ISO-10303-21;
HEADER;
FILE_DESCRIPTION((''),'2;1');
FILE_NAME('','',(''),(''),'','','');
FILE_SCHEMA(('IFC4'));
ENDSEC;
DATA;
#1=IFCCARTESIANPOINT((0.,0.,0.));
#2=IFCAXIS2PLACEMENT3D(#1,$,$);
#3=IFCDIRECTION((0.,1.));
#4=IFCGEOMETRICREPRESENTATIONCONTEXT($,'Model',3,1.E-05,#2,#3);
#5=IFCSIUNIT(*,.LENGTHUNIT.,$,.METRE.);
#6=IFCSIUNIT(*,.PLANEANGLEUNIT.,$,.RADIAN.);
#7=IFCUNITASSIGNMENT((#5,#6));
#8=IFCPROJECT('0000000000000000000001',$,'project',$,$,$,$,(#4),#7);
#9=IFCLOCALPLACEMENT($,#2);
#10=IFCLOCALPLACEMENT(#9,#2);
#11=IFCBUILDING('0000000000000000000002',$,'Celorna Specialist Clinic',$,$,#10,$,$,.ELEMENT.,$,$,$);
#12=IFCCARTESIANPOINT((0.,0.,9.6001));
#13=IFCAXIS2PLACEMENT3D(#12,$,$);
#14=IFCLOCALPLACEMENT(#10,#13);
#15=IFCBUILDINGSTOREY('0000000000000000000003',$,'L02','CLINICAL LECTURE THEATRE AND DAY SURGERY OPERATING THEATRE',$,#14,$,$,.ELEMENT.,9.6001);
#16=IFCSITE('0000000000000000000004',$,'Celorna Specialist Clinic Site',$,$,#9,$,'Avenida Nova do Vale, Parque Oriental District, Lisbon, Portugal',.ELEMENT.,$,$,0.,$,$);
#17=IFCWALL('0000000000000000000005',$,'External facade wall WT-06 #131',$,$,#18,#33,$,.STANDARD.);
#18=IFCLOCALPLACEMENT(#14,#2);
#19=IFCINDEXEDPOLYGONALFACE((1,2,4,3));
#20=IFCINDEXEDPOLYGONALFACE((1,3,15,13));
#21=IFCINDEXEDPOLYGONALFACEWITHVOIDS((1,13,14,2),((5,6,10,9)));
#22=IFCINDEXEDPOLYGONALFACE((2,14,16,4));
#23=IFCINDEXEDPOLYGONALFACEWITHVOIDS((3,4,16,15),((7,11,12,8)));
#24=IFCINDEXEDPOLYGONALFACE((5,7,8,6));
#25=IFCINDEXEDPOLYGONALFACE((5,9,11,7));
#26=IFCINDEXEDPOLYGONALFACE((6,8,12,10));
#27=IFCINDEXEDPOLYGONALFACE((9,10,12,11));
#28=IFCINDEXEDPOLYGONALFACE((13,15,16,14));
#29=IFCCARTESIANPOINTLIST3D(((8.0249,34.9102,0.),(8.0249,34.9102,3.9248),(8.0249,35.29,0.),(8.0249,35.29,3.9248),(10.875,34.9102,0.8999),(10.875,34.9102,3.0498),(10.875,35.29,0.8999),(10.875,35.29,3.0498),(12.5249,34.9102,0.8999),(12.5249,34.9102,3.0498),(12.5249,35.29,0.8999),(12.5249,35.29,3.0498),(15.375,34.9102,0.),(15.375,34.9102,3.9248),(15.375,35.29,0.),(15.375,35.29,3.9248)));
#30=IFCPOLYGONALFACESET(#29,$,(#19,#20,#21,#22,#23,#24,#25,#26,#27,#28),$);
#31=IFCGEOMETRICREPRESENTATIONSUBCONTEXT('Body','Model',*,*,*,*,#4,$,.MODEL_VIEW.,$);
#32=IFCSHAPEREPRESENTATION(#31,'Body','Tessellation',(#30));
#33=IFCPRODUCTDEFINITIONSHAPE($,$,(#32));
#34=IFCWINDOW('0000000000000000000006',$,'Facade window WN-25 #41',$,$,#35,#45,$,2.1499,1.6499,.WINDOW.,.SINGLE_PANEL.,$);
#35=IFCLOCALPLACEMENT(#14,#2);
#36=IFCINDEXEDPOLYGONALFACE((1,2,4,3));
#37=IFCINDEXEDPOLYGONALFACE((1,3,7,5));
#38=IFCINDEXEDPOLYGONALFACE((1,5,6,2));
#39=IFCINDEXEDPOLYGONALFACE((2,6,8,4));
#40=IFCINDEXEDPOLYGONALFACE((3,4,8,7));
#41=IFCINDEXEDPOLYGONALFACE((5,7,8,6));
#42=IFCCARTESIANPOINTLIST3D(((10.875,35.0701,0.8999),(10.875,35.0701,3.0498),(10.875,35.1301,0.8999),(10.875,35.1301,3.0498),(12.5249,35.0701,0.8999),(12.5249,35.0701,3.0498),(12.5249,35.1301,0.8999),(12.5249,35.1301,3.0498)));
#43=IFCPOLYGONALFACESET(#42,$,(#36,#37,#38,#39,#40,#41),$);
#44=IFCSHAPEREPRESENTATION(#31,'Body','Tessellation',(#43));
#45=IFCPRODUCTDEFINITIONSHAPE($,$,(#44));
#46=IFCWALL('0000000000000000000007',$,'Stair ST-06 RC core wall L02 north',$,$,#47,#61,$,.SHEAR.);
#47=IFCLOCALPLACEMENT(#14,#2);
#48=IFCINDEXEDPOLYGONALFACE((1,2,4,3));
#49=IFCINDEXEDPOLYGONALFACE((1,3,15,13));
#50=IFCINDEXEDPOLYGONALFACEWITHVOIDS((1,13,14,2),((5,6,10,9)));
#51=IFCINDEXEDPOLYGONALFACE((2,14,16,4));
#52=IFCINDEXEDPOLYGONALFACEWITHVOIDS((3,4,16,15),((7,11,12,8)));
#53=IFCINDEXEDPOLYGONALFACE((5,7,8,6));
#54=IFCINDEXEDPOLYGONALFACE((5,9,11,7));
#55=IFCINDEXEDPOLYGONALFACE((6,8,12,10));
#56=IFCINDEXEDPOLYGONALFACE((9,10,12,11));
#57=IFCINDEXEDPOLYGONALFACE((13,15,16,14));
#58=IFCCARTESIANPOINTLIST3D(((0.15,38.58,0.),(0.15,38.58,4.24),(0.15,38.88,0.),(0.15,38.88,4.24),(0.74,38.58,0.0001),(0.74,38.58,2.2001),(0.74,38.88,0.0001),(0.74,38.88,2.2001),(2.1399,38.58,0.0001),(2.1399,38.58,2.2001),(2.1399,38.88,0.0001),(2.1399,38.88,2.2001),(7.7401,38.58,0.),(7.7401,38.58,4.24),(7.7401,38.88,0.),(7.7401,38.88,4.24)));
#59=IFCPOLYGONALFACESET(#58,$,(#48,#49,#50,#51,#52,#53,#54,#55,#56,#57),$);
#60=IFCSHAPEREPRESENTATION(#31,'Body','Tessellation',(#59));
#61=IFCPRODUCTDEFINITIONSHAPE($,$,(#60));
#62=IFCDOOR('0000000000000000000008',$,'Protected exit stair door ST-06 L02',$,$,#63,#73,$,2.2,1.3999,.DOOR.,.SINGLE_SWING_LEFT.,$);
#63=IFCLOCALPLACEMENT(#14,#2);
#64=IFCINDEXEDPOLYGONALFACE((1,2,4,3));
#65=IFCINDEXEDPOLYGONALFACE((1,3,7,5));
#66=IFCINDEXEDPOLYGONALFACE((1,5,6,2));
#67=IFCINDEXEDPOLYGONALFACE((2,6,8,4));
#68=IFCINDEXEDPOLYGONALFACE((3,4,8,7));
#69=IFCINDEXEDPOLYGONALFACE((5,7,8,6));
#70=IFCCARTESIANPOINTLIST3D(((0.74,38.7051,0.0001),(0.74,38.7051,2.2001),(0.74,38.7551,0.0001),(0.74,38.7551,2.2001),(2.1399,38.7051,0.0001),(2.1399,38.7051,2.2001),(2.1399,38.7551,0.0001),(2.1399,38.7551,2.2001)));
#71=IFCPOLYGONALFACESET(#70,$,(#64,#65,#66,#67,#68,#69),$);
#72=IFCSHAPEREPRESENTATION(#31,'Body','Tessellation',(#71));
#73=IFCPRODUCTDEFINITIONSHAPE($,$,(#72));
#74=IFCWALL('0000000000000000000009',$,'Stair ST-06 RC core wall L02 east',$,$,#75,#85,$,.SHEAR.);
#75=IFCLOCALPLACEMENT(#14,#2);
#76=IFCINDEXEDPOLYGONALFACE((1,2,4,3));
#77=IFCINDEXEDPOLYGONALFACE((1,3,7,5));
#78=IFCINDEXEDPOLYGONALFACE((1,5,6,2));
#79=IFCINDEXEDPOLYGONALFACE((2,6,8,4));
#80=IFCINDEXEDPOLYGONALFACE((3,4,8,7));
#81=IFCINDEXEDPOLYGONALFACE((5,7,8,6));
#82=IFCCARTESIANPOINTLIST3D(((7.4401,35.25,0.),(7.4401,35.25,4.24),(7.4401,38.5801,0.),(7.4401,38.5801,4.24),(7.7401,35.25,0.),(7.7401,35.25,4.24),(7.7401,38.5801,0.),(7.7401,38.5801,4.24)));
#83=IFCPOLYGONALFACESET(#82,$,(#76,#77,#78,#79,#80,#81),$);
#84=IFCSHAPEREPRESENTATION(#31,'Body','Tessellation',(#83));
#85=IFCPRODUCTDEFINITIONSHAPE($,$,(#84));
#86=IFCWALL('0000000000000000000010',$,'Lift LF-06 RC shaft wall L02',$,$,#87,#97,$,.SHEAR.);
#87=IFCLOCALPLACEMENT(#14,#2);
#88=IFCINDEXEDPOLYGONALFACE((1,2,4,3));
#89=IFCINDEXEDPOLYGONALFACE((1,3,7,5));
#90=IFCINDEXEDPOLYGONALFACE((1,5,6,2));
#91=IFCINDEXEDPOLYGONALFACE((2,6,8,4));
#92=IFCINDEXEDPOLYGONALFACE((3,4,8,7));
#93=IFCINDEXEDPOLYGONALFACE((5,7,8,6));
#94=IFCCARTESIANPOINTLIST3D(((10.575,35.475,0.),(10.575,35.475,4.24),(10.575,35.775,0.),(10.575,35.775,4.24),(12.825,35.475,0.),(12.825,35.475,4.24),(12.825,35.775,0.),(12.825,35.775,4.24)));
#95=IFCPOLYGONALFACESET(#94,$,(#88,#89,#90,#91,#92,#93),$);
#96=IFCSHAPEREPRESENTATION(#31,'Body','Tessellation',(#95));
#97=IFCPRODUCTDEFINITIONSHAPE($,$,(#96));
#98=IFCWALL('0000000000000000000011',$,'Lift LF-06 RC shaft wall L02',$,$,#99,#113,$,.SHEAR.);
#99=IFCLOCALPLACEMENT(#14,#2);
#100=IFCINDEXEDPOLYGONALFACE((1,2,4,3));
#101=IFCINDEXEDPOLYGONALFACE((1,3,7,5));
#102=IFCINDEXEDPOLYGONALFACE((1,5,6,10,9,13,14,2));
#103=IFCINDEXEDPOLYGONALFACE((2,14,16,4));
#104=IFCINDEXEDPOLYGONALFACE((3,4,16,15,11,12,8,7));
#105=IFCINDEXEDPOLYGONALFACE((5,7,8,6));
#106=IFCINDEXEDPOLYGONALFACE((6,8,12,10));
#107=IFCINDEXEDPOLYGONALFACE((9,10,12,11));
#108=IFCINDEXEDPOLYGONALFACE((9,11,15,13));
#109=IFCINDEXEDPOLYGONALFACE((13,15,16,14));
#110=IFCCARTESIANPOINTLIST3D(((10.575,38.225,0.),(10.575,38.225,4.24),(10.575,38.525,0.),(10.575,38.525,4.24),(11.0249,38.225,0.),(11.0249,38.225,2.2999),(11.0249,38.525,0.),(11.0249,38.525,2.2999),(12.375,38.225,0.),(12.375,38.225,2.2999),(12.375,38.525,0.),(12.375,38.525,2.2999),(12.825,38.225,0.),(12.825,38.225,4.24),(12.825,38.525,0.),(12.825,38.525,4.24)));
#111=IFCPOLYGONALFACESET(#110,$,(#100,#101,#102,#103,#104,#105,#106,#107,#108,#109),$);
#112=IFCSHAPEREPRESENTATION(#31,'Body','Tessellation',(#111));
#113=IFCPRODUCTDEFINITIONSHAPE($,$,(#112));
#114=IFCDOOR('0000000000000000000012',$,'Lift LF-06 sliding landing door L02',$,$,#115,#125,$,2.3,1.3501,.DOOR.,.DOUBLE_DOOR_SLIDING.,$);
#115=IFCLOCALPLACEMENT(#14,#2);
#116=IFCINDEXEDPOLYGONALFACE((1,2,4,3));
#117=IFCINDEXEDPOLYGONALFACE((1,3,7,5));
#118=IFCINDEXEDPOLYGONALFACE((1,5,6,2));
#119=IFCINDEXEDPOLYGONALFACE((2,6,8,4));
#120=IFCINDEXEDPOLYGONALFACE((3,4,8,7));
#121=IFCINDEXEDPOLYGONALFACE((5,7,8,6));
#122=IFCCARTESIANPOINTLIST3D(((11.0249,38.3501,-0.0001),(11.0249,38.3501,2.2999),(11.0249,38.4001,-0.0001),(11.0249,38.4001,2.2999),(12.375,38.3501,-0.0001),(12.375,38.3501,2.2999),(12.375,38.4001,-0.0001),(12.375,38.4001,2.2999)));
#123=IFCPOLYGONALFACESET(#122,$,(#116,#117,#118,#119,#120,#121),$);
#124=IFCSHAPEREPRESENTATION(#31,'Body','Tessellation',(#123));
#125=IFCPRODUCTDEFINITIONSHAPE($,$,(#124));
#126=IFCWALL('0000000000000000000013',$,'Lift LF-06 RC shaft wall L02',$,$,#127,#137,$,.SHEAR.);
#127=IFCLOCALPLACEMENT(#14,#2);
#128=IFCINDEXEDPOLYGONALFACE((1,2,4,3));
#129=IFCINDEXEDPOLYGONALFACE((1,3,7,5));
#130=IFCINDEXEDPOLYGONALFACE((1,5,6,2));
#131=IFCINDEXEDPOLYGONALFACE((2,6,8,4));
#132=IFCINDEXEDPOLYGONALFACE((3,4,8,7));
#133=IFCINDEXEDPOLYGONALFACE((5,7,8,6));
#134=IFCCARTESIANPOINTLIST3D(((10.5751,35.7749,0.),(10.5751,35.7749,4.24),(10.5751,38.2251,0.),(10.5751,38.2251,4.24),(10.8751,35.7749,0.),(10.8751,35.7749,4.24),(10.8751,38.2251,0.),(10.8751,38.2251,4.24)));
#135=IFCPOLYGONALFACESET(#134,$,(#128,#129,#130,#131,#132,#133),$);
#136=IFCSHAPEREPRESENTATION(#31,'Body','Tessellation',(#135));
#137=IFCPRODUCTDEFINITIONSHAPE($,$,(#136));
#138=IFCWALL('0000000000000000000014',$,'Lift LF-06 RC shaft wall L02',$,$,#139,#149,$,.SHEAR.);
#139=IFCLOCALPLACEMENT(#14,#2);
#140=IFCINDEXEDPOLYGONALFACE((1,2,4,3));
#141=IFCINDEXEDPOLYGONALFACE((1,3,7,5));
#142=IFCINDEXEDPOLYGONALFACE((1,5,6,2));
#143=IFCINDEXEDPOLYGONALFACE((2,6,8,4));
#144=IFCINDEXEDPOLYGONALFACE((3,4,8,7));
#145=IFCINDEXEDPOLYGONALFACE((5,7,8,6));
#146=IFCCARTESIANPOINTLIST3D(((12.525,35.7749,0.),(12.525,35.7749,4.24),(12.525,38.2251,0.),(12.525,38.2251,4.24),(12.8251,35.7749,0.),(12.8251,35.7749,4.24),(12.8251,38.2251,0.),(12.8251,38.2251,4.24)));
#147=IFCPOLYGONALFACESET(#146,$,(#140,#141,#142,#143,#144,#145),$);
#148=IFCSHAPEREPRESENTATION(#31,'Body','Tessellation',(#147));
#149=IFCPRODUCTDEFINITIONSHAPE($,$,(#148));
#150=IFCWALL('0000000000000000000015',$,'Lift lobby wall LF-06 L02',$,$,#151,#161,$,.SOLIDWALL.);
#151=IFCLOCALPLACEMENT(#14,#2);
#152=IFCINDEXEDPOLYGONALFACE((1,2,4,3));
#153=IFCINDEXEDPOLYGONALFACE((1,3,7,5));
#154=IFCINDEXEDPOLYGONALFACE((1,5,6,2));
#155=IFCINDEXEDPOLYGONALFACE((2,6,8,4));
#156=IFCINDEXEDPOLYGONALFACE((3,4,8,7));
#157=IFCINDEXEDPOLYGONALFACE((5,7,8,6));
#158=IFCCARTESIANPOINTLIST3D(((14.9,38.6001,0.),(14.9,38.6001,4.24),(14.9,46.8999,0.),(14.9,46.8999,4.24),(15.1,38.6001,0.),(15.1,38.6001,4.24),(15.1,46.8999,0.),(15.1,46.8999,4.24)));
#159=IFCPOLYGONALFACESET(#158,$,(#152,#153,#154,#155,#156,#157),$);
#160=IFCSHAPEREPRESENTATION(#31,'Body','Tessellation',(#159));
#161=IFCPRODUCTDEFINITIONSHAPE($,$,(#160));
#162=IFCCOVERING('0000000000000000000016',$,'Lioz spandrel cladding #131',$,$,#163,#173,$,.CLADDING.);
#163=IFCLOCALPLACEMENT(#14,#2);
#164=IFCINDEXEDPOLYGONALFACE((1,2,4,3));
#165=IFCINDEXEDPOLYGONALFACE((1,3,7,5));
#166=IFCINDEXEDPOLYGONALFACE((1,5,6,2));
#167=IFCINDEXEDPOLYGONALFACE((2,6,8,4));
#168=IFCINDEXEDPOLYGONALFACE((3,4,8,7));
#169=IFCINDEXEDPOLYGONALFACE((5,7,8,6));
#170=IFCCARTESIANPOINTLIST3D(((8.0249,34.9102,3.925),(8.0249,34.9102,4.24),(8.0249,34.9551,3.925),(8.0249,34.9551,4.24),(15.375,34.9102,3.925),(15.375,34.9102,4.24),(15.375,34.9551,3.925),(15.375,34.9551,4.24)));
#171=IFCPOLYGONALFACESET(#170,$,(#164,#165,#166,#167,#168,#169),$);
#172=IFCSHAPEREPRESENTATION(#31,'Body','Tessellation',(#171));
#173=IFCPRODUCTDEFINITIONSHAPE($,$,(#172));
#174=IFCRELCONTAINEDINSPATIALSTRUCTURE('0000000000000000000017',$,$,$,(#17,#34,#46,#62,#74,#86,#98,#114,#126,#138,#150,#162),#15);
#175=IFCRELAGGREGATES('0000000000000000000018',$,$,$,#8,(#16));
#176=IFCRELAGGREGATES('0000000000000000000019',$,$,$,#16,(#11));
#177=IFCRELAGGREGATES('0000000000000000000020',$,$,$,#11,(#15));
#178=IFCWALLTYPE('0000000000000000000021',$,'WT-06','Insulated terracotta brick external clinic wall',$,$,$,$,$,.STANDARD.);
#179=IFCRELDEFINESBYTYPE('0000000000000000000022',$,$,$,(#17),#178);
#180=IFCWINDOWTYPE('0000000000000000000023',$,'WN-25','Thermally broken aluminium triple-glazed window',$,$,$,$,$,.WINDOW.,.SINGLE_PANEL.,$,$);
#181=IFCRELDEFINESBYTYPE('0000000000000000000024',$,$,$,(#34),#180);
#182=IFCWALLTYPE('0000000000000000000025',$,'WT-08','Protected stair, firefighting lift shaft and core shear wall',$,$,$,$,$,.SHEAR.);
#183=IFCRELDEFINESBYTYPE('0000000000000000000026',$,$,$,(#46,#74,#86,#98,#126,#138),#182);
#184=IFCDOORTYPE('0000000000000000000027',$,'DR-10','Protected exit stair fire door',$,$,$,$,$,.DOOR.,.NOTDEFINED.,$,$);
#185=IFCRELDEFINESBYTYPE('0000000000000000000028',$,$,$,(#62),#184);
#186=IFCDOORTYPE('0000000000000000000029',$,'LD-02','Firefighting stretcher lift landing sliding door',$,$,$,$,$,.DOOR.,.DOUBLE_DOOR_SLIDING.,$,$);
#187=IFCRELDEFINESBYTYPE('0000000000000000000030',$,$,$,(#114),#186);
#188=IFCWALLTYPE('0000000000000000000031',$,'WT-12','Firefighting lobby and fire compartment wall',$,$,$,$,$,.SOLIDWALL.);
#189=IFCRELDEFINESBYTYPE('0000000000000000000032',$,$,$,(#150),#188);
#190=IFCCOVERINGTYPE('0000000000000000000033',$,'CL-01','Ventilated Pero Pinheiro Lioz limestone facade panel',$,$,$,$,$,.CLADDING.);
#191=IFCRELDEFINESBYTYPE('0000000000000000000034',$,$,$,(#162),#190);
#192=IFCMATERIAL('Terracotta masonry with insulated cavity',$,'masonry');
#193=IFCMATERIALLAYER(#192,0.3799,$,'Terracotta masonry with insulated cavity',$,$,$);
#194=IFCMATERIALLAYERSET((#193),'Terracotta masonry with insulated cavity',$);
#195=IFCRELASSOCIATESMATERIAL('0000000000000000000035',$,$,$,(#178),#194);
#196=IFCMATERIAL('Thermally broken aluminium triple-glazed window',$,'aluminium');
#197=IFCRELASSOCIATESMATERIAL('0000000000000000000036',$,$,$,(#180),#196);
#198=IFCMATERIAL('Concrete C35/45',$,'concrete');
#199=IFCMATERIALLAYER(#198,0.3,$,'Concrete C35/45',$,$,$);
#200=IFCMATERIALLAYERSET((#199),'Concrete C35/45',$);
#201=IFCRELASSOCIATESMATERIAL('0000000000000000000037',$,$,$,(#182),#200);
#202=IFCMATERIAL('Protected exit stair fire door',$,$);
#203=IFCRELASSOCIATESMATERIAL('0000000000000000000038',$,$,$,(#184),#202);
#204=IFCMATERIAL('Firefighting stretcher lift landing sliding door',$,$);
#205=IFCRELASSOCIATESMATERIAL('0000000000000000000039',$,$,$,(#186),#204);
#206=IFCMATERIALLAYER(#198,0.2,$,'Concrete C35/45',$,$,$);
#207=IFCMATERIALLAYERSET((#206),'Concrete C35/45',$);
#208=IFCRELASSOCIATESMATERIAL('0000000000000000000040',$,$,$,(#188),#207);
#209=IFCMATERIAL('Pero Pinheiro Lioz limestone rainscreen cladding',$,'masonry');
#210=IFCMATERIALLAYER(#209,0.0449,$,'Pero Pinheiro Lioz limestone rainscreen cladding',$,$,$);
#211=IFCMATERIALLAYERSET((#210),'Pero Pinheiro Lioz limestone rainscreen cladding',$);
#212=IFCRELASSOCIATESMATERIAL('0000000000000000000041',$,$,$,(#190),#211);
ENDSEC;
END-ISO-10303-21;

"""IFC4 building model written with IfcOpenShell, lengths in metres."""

from ifc_helpers import new_model, si_unit, direction, frame, frame_2d, origin, origin_2d, place, context, subcontext, project, spatial, rectangle, extrude, material, layer, layer_set, type_object, element, fill, save


model = new_model("IFC4")

# Units and contexts
model_context = context("Model", 3, precision=1e-05, world=origin(), true_north=direction((0.0, 1.0)))
body_context = subcontext(model_context, "Body", "Model", "MODEL_VIEW")
ifc_project = project(units=[si_unit("LENGTHUNIT", "METRE"), si_unit("PLANEANGLEUNIT", "RADIAN")], contexts=[model_context])

# Site, building, storey
site_placement = place(None, origin())
site = spatial("IfcSite", under=ifc_project, at=site_placement, Name="Celorna Specialist Clinic Site", LongName="Avenida Nova do Vale, Parque Oriental District, Lisbon, Portugal", CompositionType="ELEMENT", RefElevation=0.0)
building_placement = place(site_placement, origin())
building = spatial("IfcBuilding", under=site, at=building_placement, Name="Celorna Specialist Clinic", CompositionType="ELEMENT")
storey_placement = place(building_placement, frame((0.0, 0.0, 9.6001)))
storey = spatial("IfcBuildingStorey", under=building, at=storey_placement, Name="L02", Description="CLINICAL LECTURE THEATRE AND DAY SURGERY OPERATING THEATRE", CompositionType="ELEMENT", Elevation=9.6001)

# Shared definitions
ifc_material_1 = material(Name="Concrete C35/45", Category="concrete")

# Shared definitions
ifc_material_2 = material(Name="Terracotta masonry with insulated cavity", Category="masonry")
ifc_layer_1 = layer(ifc_material_2, 0.3799, Name="Terracotta masonry with insulated cavity")
ifc_layer_set_1 = layer_set([ifc_layer_1], Name="Terracotta masonry with insulated cavity")
wall_type_1 = type_object("IfcWallType", Name="WT-06", Description="Insulated terracotta brick external clinic wall", PredefinedType="STANDARD", material=ifc_layer_set_1)
ifc_material_3 = material(Name="Thermally broken aluminium triple-glazed window", Category="aluminium")

# Wall, opening, window
wall_1_placement = place(storey_placement, frame((15.375, 35.1001, 0.0), z_axis=(0.0, 0.0, 1.0), x_axis=(-1.0, 0.0, 0.0)))
wall_1 = element("IfcWall", 1, at=wall_1_placement, inside=storey, type_object=wall_type_1, Name="External facade wall WT-06 #131", PredefinedType="STANDARD", context=body_context, shape_type="SweptSolid", body=[
    extrude(rectangle(XDim=7.3501, YDim=0.3799, at=frame_2d((3.675, 0.0))), origin(), (0.0, 0.0, 1.0), 3.9248),
])
opening_1_placement = place(wall_1_placement, frame((2.8501, 0.0, 0.8999)))
opening_1 = element("IfcOpeningElement", 2, at=opening_1_placement, cuts=wall_1, PredefinedType="OPENING", context=body_context, shape_type="SweptSolid", body=[
    extrude(rectangle(XDim=1.6499, YDim=2.1499, at=frame_2d((0.825, 1.075))), frame((0.0, 0.2, 0.0), z_axis=(0.0, -1.0, 0.0), x_axis=(1.0, 0.0, 0.0)), (0.0, 0.0, 1.0), 0.3999),
])
window_type_1 = type_object("IfcWindowType", Name="WN-25", Description="Thermally broken aluminium triple-glazed window", PartitioningType="SINGLE_PANEL", PredefinedType="WINDOW", material=ifc_material_3)
window_1_placement = place(opening_1_placement, origin())
window_1 = element("IfcWindow", 3, at=window_1_placement, inside=storey, type_object=window_type_1, Name="Facade window WN-25 #41", OverallHeight=2.1499, OverallWidth=1.6499, PartitioningType="SINGLE_PANEL", PredefinedType="WINDOW", context=body_context, shape_type="SweptSolid", body=[
    extrude(rectangle(XDim=1.6499, YDim=2.1499, at=frame_2d((0.825, 1.075))), frame((0.0, 0.03, 0.0), z_axis=(0.0, -1.0, 0.0), x_axis=(1.0, 0.0, 0.0)), (0.0, 0.0, 1.0), 0.0601),
])
fill(opening_1, window_1)

# Wall, opening, door
ifc_layer_2 = layer(ifc_material_1, 0.3, Name="Concrete C35/45")
ifc_layer_set_2 = layer_set([ifc_layer_2], Name="Concrete C35/45")
wall_type_2 = type_object("IfcWallType", Name="WT-08", Description="Protected stair, firefighting lift shaft and core shear wall", PredefinedType="SHEAR", material=ifc_layer_set_2)
wall_2_placement = place(storey_placement, frame((7.74, 38.73, 0.0), z_axis=(0.0, 0.0, 1.0), x_axis=(-1.0, 0.0, 0.0)))
wall_2 = element("IfcWall", 4, at=wall_2_placement, inside=storey, type_object=wall_type_2, Name="Stair ST-06 RC core wall L02 north", PredefinedType="SHEAR", context=body_context, shape_type="SweptSolid", body=[
    extrude(rectangle(XDim=7.5901, YDim=0.3, at=frame_2d((3.7949, 0.0))), origin(), (0.0, 0.0, 1.0), 4.24),
])
opening_2_placement = place(wall_2_placement, frame((5.6001, 0.0, 0.0)))
opening_2 = element("IfcOpeningElement", 5, at=opening_2_placement, cuts=wall_2, PredefinedType="OPENING", context=body_context, shape_type="SweptSolid", body=[
    extrude(rectangle(XDim=1.3999, YDim=2.2, at=frame_2d((0.7, 1.1001))), frame((0.0, 0.1599, 0.0), z_axis=(0.0, -1.0, 0.0), x_axis=(1.0, 0.0, 0.0)), (0.0, 0.0, 1.0), 0.3201),
])
ifc_material_4 = material(Name="Protected exit stair fire door")
door_type_1 = type_object("IfcDoorType", Name="DR-10", Description="Protected exit stair fire door", OperationType="NOTDEFINED", PredefinedType="DOOR", material=ifc_material_4)
door_1_placement = place(opening_2_placement, origin())
door_1 = element("IfcDoor", 6, at=door_1_placement, inside=storey, type_object=door_type_1, Name="Protected exit stair door ST-06 L02", OperationType="SINGLE_SWING_LEFT", OverallHeight=2.2, OverallWidth=1.3999, PredefinedType="DOOR", context=body_context, shape_type="SweptSolid", body=[
    extrude(rectangle(XDim=1.3999, YDim=2.2, at=frame_2d((0.7, 1.1001))), frame((0.0, 0.0249, 0.0), z_axis=(0.0, -1.0, 0.0), x_axis=(1.0, 0.0, 0.0)), (0.0, 0.0, 1.0), 0.05),
])
fill(opening_2, door_1)

# Walls
wall_3_placement = place(storey_placement, frame((7.5901, 35.25, 0.0), z_axis=(0.0, 0.0, 1.0), x_axis=(0.0, 1.0, 0.0)))
element("IfcWall", 7, at=wall_3_placement, inside=storey, type_object=wall_type_2, Name="Stair ST-06 RC core wall L02 east", PredefinedType="SHEAR", context=body_context, shape_type="SweptSolid", body=[
    extrude(rectangle(XDim=3.3301, YDim=0.3, at=frame_2d((1.665, 0.0))), origin(), (0.0, 0.0, 1.0), 4.24),
])
wall_4_placement = place(storey_placement, frame((10.575, 35.625, 0.0), z_axis=(0.0, 0.0, 1.0), x_axis=(1.0, 0.0, 0.0)))
element("IfcWall", 8, at=wall_4_placement, inside=storey, type_object=wall_type_2, Name="Lift LF-06 RC shaft wall L02", PredefinedType="SHEAR", context=body_context, shape_type="SweptSolid", body=[
    extrude(rectangle(XDim=2.25, YDim=0.3, at=frame_2d((1.125, 0.0))), origin(), (0.0, 0.0, 1.0), 4.24),
])

# Wall, opening, door
wall_5_placement = place(storey_placement, frame((12.825, 38.375, 0.0), z_axis=(0.0, 0.0, 1.0), x_axis=(-1.0, 0.0, 0.0)))
wall_5 = element("IfcWall", 9, at=wall_5_placement, inside=storey, type_object=wall_type_2, Name="Lift LF-06 RC shaft wall L02", PredefinedType="SHEAR", context=body_context, shape_type="SweptSolid", body=[
    extrude(rectangle(XDim=2.25, YDim=0.3, at=frame_2d((1.125, 0.0))), origin(), (0.0, 0.0, 1.0), 4.24),
])
opening_3_placement = place(wall_5_placement, frame((0.45, 0.0, 0.0)))
opening_3 = element("IfcOpeningElement", 10, at=opening_3_placement, cuts=wall_5, PredefinedType="OPENING", context=body_context, shape_type="SweptSolid", body=[
    extrude(rectangle(XDim=1.3501, YDim=2.3, at=frame_2d((0.675, 1.1499))), frame((0.0, 0.1599, 0.0), z_axis=(0.0, -1.0, 0.0), x_axis=(1.0, 0.0, 0.0)), (0.0, 0.0, 1.0), 0.3201),
])
ifc_material_5 = material(Name="Firefighting stretcher lift landing sliding door")
door_type_2 = type_object("IfcDoorType", Name="LD-02", Description="Firefighting stretcher lift landing sliding door", OperationType="DOUBLE_DOOR_SLIDING", PredefinedType="DOOR", material=ifc_material_5)
door_2_placement = place(opening_3_placement, origin())
door_2 = element("IfcDoor", 11, at=door_2_placement, inside=storey, type_object=door_type_2, Name="Lift LF-06 sliding landing door L02", OperationType="DOUBLE_DOOR_SLIDING", OverallHeight=2.3, OverallWidth=1.3501, PredefinedType="DOOR", context=body_context, shape_type="SweptSolid", body=[
    extrude(rectangle(XDim=1.3501, YDim=2.3, at=frame_2d((0.675, 1.1499))), frame((0.0, 0.0249, 0.0), z_axis=(0.0, -1.0, 0.0), x_axis=(1.0, 0.0, 0.0)), (0.0, 0.0, 1.0), 0.05),
])
fill(opening_3, door_2)

# Walls
for number, where, z_axis, x_axis, name in (
    (12, (10.7251, 38.2251, 0.0), (0.0, 0.0, 1.0), (0.0, -1.0, 0.0), "Lift LF-06 RC shaft wall L02"),
    (13, (12.675, 35.7749, 0.0), (0.0, 0.0, 1.0), (0.0, 1.0, 0.0), "Lift LF-06 RC shaft wall L02"),
):
    element("IfcWall", number, at=place(storey_placement, frame(where, z_axis=z_axis, x_axis=x_axis)), inside=storey, type_object=wall_type_2, Name=name, PredefinedType="SHEAR", context=body_context, shape_type="SweptSolid", body=[
        extrude(rectangle(XDim=2.4502, YDim=0.3, at=frame_2d((1.2251, 0.0))), origin(), (0.0, 0.0, 1.0), 4.24),
    ])
ifc_layer_3 = layer(ifc_material_1, 0.2, Name="Concrete C35/45")
ifc_layer_set_3 = layer_set([ifc_layer_3], Name="Concrete C35/45")
wall_type_3 = type_object("IfcWallType", Name="WT-12", Description="Firefighting lobby and fire compartment wall", PredefinedType="SOLIDWALL", material=ifc_layer_set_3)
wall_6_placement = place(storey_placement, frame((15.0, 38.6001, 0.0), z_axis=(0.0, 0.0, 1.0), x_axis=(0.0, 1.0, 0.0)))
element("IfcWall", 14, at=wall_6_placement, inside=storey, type_object=wall_type_3, Name="Lift lobby wall LF-06 L02", PredefinedType="SOLIDWALL", context=body_context, shape_type="SweptSolid", body=[
    extrude(rectangle(XDim=8.2998, YDim=0.2, at=frame_2d((4.1499, 0.0))), origin(), (0.0, 0.0, 1.0), 4.24),
])

# Covering
ifc_material_6 = material(Name="Pero Pinheiro Lioz limestone rainscreen cladding", Category="masonry")
ifc_layer_4 = layer(ifc_material_6, 0.0449, Name="Pero Pinheiro Lioz limestone rainscreen cladding")
ifc_layer_set_4 = layer_set([ifc_layer_4], Name="Pero Pinheiro Lioz limestone rainscreen cladding")
covering_type = type_object("IfcCoveringType", Name="CL-01", Description="Ventilated Pero Pinheiro Lioz limestone facade panel", PredefinedType="CLADDING", material=ifc_layer_set_4)
covering_placement = place(storey_placement, frame((11.7, 34.9326, 3.925), z_axis=(0.0, 0.0, 1.0), x_axis=(-1.0, 0.0, 0.0)))
element("IfcCovering", 15, at=covering_placement, inside=storey, type_object=covering_type, Name="Lioz spandrel cladding #131", PredefinedType="CLADDING", context=body_context, shape_type="SweptSolid", body=[
    extrude(rectangle(XDim=7.3501, YDim=0.0449, at=origin_2d()), origin(), (0.0, 0.0, 1.0), 0.3149),
])

save(model, "model.ifc")
